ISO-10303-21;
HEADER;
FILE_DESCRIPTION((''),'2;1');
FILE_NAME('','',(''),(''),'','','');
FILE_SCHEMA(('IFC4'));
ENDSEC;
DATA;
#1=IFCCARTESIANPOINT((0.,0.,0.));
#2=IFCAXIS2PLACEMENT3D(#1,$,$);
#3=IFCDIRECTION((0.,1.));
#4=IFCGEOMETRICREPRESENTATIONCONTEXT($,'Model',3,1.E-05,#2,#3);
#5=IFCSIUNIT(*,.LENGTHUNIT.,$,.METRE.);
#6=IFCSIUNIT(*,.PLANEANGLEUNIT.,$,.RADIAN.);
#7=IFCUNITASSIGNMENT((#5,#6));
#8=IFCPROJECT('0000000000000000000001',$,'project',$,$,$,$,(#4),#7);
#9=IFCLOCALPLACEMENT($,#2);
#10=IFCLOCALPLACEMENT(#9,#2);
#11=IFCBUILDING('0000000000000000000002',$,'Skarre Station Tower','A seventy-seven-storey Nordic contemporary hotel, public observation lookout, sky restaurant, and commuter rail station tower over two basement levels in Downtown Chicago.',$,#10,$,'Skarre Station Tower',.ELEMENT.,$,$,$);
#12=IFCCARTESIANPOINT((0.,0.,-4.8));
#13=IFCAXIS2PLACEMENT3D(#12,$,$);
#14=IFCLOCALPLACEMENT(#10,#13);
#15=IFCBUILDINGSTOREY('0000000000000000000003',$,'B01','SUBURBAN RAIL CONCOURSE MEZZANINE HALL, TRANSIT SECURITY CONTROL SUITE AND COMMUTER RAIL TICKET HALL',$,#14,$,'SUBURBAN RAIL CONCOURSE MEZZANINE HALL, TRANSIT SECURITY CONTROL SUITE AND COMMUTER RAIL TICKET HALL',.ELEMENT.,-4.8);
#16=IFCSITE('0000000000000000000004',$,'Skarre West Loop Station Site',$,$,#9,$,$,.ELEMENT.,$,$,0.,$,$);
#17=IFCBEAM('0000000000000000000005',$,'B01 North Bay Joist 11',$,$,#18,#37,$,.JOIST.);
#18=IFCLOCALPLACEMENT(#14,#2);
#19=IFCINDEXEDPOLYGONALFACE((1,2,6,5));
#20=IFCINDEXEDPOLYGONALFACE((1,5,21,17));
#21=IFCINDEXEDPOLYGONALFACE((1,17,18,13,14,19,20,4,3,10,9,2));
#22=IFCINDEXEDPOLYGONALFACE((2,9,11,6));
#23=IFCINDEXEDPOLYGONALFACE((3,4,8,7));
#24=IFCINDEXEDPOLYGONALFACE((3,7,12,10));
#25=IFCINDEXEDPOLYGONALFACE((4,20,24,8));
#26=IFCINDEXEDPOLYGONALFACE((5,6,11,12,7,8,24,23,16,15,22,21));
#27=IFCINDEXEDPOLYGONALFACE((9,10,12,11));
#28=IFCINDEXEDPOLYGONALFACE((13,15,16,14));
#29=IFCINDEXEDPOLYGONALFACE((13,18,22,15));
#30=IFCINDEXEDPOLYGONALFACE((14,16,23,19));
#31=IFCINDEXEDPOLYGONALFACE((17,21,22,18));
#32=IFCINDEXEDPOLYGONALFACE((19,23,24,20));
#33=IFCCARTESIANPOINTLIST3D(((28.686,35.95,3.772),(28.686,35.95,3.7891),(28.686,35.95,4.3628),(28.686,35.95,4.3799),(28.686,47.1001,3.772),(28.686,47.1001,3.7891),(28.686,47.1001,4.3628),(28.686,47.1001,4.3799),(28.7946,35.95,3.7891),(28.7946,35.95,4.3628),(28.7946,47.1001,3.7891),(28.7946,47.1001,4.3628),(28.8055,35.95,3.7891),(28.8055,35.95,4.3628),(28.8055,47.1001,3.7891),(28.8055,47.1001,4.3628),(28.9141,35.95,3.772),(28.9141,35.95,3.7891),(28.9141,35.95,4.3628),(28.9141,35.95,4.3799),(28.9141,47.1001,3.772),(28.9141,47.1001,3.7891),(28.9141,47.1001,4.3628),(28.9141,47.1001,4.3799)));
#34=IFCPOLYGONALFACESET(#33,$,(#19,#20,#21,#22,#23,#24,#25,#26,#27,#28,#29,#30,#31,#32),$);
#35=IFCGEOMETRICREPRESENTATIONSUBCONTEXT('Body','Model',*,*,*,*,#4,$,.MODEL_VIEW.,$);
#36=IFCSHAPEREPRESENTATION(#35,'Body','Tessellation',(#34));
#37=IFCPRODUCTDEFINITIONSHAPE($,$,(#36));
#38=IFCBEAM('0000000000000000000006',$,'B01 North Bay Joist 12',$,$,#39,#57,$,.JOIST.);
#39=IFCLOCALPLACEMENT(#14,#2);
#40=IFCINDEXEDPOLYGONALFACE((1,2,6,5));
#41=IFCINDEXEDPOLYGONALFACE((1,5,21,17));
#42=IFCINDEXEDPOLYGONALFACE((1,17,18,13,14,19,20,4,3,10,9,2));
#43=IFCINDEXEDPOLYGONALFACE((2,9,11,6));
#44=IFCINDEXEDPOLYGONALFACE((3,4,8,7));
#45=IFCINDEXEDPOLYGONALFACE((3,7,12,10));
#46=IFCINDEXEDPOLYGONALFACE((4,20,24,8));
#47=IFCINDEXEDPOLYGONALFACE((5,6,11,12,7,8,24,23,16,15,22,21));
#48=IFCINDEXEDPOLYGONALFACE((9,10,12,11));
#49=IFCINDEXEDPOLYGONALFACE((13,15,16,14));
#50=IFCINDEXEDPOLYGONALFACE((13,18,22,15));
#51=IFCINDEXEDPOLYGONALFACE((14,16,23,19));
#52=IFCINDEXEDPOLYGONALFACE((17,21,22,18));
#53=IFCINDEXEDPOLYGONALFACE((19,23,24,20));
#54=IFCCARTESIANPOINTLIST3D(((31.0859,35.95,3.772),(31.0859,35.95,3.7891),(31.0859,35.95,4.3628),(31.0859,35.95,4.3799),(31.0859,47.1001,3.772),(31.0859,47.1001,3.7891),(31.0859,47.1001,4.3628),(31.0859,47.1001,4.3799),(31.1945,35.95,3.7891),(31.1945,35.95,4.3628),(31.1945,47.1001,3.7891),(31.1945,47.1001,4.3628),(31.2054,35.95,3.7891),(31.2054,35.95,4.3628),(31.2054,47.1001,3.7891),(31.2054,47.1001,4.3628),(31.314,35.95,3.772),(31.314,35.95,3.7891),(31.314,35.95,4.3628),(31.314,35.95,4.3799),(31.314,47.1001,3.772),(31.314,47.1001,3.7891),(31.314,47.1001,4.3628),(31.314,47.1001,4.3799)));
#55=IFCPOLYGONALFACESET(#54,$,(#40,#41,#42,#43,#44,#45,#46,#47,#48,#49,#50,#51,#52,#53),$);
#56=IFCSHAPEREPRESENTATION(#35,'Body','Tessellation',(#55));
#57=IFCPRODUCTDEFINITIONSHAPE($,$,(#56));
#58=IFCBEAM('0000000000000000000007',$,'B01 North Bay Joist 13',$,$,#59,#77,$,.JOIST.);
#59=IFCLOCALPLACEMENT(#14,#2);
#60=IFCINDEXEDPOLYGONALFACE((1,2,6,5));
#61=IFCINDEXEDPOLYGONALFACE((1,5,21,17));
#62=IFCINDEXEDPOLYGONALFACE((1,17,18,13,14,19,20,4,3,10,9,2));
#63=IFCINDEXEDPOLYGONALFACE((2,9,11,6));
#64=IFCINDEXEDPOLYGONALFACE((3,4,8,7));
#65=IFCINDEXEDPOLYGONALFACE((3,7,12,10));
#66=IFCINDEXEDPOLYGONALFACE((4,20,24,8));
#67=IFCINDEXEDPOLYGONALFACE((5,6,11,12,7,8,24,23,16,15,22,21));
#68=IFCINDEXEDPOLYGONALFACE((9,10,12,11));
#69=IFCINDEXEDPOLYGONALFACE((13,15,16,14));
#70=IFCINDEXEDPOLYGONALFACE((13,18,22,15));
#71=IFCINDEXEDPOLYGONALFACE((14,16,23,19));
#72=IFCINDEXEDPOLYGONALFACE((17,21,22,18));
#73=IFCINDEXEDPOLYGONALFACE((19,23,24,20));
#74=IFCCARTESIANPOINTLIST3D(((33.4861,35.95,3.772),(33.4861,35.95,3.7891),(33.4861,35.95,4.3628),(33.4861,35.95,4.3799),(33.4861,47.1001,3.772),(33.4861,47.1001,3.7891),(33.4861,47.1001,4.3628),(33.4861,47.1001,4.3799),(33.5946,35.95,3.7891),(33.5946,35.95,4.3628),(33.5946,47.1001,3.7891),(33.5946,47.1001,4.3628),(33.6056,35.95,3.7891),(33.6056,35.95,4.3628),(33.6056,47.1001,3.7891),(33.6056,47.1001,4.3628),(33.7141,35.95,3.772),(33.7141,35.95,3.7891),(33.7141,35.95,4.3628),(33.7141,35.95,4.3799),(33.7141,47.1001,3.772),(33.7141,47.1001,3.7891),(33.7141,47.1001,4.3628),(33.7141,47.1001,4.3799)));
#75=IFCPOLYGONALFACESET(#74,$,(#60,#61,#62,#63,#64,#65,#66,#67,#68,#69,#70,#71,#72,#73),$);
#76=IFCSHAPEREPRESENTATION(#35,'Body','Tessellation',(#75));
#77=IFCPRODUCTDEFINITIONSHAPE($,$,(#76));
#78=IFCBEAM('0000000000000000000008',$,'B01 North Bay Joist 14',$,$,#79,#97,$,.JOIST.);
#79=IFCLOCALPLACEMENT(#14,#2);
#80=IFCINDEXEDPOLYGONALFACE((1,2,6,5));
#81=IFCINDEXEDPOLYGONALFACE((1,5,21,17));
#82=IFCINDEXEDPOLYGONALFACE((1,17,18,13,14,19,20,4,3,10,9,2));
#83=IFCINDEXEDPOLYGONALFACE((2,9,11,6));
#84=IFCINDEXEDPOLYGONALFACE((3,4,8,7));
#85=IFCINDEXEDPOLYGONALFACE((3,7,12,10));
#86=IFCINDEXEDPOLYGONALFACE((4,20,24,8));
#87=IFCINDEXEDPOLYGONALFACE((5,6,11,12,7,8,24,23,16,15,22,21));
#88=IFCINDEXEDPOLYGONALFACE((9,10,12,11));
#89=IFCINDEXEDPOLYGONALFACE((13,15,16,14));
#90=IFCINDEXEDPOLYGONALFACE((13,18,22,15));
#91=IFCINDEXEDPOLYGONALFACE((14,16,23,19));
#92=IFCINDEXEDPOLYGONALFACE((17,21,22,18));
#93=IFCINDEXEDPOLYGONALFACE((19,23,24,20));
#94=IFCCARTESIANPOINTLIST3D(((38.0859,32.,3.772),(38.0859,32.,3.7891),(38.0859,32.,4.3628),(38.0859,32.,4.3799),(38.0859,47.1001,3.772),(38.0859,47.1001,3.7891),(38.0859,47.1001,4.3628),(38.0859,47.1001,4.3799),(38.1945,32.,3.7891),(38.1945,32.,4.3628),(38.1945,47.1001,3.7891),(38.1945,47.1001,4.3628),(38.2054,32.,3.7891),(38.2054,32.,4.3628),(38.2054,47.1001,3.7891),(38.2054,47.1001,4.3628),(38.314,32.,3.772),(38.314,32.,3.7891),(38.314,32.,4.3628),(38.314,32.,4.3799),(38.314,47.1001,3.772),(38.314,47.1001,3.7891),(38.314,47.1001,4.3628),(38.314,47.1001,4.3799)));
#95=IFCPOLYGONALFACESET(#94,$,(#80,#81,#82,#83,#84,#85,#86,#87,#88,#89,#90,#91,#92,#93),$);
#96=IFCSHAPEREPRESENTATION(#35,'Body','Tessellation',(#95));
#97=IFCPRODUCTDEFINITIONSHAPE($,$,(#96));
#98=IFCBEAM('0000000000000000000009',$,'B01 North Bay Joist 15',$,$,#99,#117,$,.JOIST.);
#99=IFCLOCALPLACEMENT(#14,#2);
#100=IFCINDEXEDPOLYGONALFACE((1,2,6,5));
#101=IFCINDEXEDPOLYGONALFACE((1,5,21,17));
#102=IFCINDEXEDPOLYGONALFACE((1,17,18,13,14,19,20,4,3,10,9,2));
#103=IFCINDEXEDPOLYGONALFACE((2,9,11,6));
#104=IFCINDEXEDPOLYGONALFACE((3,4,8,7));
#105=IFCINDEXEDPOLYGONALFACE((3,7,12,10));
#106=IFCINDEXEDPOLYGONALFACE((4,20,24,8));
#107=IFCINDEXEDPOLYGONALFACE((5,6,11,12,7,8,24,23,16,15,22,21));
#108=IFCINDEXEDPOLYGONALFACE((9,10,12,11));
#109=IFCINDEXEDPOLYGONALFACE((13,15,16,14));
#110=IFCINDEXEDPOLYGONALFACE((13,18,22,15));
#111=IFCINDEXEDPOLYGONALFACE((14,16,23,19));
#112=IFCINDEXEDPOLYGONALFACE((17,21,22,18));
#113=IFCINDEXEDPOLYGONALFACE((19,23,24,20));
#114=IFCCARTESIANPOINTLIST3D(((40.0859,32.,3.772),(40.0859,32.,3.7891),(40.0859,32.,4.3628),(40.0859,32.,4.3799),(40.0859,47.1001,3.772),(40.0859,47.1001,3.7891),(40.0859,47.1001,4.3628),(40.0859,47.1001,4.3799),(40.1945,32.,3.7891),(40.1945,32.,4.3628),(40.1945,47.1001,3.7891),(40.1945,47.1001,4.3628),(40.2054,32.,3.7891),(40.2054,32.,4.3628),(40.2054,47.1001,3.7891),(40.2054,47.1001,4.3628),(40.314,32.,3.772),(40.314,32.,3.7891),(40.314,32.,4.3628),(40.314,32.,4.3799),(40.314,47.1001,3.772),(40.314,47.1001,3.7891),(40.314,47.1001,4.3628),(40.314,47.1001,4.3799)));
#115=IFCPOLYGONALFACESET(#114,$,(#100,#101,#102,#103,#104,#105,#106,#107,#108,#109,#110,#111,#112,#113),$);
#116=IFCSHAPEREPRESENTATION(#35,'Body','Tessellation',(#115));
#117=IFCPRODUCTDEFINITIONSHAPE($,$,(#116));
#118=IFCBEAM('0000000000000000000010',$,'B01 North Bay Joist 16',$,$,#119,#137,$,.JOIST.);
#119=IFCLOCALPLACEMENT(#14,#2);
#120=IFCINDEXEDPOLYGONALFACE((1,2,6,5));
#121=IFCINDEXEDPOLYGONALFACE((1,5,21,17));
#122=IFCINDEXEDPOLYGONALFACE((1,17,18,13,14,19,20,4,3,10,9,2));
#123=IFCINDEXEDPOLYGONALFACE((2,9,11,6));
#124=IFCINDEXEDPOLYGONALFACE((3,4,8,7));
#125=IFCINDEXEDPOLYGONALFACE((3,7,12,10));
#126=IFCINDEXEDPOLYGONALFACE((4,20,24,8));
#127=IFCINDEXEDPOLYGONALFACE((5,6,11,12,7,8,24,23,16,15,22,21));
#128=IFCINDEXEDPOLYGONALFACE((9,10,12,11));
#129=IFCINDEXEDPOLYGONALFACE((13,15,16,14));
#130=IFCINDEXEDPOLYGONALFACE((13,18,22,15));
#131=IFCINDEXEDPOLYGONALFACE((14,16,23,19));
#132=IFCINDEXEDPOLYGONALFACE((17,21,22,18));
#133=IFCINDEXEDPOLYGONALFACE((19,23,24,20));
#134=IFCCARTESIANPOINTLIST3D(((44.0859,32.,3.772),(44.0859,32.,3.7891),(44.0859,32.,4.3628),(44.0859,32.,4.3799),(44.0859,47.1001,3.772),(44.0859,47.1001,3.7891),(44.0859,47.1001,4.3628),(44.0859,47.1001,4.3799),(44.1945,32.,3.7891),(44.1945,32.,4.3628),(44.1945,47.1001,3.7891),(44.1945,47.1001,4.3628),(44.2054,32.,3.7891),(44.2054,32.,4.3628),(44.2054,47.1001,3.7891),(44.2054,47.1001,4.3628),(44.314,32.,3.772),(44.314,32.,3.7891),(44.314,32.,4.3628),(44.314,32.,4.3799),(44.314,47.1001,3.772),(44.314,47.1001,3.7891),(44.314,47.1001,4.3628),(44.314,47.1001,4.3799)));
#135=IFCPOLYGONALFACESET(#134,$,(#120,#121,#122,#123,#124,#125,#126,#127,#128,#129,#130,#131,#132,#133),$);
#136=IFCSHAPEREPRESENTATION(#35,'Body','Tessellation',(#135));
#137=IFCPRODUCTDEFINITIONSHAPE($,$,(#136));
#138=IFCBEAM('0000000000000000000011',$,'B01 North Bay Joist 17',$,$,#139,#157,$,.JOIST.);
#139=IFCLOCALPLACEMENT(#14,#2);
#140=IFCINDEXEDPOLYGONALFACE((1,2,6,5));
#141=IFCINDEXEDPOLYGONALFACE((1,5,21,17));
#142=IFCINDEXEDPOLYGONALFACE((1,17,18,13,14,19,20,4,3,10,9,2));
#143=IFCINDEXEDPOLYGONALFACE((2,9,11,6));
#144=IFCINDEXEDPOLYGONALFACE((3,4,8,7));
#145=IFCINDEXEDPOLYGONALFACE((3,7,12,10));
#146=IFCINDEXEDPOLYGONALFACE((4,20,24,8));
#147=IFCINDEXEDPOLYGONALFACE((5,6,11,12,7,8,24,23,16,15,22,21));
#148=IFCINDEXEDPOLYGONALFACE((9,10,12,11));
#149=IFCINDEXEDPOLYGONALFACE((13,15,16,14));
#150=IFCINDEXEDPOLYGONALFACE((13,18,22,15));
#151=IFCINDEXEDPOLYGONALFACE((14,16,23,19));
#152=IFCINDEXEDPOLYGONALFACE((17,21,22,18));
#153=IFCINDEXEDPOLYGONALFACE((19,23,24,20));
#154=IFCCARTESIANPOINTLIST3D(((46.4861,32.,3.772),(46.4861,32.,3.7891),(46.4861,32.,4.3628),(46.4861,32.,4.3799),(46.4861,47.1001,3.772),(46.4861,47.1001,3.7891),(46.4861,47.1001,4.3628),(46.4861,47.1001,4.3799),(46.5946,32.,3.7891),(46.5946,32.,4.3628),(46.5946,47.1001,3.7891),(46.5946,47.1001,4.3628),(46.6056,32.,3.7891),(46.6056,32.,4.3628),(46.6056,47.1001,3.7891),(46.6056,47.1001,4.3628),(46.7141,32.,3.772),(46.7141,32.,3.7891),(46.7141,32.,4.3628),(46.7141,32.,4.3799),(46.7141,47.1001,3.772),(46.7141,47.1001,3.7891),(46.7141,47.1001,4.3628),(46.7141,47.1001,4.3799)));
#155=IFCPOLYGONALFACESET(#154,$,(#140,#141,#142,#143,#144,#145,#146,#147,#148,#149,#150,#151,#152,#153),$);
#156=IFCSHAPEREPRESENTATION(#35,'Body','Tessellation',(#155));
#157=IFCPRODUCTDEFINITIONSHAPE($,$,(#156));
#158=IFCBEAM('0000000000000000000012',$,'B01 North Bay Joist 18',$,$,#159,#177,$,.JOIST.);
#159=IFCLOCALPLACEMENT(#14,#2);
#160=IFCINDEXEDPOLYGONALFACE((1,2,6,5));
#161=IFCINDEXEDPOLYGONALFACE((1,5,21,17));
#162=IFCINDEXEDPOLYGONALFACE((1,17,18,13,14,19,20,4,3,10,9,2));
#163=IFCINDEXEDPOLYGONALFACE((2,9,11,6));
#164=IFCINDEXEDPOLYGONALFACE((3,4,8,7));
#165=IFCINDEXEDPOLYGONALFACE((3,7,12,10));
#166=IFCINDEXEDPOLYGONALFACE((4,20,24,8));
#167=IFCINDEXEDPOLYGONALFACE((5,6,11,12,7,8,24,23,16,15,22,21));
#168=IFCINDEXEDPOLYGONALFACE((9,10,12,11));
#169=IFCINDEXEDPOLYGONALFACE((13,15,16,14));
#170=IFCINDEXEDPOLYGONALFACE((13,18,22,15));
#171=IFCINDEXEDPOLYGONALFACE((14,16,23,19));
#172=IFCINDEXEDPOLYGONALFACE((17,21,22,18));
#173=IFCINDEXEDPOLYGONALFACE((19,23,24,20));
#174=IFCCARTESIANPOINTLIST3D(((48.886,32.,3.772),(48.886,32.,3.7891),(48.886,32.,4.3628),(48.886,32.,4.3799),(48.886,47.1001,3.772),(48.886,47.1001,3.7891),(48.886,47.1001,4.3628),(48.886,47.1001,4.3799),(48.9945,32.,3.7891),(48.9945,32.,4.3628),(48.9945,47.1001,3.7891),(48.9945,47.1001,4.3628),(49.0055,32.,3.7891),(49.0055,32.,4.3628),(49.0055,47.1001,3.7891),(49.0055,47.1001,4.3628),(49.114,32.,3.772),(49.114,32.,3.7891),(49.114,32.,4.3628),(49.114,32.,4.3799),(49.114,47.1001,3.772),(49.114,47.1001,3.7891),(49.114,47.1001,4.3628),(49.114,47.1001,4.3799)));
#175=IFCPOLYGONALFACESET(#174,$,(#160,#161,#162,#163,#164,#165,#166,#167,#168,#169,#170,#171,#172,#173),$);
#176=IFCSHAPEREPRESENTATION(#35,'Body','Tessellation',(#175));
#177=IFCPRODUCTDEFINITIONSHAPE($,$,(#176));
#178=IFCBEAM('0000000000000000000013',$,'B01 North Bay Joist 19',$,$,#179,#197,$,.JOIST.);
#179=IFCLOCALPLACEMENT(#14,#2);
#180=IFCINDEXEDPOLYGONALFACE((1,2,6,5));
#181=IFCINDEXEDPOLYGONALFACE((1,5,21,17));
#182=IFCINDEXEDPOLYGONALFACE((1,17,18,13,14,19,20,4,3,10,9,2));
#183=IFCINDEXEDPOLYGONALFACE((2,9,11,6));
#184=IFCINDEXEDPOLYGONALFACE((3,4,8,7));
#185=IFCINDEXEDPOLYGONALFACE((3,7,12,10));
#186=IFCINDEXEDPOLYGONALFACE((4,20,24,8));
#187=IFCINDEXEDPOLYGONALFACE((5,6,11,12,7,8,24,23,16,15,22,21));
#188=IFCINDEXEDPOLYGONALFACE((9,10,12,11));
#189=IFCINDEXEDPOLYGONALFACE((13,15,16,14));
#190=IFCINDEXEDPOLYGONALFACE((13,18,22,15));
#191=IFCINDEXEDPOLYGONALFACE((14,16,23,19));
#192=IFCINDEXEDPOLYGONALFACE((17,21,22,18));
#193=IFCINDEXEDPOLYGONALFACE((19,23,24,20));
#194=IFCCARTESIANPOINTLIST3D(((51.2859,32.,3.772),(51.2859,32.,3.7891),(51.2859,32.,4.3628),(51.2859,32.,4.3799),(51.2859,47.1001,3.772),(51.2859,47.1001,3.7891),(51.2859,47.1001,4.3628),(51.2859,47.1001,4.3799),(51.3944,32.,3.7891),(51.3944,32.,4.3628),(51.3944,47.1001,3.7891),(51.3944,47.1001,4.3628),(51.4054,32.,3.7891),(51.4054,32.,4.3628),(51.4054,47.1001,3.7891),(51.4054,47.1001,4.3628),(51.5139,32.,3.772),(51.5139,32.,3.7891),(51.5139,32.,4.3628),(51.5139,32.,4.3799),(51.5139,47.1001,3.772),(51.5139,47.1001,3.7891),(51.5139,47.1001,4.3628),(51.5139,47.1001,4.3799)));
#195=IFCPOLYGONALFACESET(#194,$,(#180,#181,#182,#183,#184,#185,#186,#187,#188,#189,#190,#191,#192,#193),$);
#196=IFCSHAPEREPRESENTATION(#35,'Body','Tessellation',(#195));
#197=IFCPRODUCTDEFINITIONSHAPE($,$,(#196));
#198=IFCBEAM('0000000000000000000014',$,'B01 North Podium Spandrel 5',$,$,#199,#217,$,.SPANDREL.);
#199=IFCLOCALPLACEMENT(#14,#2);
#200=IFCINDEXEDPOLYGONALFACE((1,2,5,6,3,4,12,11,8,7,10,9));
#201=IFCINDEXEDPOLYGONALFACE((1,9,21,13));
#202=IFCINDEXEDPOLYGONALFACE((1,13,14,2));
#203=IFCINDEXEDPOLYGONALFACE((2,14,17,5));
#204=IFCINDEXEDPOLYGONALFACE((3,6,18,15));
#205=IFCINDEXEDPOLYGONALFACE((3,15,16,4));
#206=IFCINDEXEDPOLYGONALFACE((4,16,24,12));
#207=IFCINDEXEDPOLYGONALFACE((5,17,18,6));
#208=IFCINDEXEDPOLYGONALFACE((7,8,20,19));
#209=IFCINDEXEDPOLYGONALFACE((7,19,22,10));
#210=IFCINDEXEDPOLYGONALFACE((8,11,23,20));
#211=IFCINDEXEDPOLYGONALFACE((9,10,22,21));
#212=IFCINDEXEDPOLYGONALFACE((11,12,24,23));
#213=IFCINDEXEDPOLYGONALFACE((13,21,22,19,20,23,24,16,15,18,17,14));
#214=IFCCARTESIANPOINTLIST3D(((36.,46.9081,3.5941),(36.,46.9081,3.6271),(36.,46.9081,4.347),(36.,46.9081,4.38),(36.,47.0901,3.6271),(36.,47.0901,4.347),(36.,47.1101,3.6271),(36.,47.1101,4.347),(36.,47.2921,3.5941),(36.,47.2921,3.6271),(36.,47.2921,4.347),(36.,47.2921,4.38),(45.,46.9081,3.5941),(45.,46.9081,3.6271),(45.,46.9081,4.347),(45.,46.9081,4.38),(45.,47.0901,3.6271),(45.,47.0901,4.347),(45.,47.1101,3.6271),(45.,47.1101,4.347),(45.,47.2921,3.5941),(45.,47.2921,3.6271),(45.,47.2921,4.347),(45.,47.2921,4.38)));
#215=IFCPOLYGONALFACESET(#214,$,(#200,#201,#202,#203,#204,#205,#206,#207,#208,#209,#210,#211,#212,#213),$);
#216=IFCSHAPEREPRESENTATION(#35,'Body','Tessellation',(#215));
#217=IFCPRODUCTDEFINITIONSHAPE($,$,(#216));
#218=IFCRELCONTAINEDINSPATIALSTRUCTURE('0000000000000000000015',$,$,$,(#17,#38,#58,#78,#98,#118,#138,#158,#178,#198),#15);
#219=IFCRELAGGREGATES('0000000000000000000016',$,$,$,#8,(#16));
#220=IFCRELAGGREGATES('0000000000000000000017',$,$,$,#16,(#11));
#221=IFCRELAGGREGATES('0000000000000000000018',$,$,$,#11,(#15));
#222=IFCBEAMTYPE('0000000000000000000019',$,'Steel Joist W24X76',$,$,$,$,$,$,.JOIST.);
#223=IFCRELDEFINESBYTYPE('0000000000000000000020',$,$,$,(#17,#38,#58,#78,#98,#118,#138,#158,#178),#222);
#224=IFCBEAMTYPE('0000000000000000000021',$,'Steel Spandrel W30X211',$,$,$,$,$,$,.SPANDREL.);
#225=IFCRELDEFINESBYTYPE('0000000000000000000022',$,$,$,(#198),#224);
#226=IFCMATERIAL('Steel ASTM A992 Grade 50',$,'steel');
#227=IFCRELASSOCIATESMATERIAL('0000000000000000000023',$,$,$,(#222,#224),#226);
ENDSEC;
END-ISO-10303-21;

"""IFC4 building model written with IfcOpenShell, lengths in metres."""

from ifc_helpers import new_model, si_unit, direction, frame, origin, origin_2d, place, context, subcontext, project, spatial, i_section, extrude, material, material_profile, profile_set, type_object, element, save


model = new_model("IFC4")

# Units and contexts
model_context = context("Model", 3, precision=1e-05, world=origin(), true_north=direction((0.0, 1.0)))
body_context = subcontext(model_context, "Body", "Model", "MODEL_VIEW")
ifc_project = project(units=[si_unit("LENGTHUNIT", "METRE"), si_unit("PLANEANGLEUNIT", "RADIAN")], contexts=[model_context])

# Site, building, storey
site_placement = place(None, origin())
site = spatial("IfcSite", under=ifc_project, at=site_placement, Name="Skarre West Loop Station Site", CompositionType="ELEMENT", RefElevation=0.0)
building_placement = place(site_placement, origin())
building = spatial("IfcBuilding", under=site, at=building_placement, Name="Skarre Station Tower", Description="A seventy-seven-storey Nordic contemporary hotel, public observation lookout, sky restaurant, and commuter rail station tower over two basement levels in Downtown Chicago.", LongName="Skarre Station Tower", CompositionType="ELEMENT")
storey_placement = place(building_placement, frame((0.0, 0.0, -4.8)))
storey = spatial("IfcBuildingStorey", under=building, at=storey_placement, Name="B01", Description="SUBURBAN RAIL CONCOURSE MEZZANINE HALL, TRANSIT SECURITY CONTROL SUITE AND COMMUTER RAIL TICKET HALL", LongName="SUBURBAN RAIL CONCOURSE MEZZANINE HALL, TRANSIT SECURITY CONTROL SUITE AND COMMUTER RAIL TICKET HALL", CompositionType="ELEMENT", Elevation=-4.8)

# Beams
ifc_material_1 = material(Name="Steel ASTM A992 Grade 50", Category="steel")
ifc_material_profile_1 = material_profile(ifc_material_1, i_section(OverallWidth=0.228, OverallDepth=0.6079, WebThickness=0.011, FlangeThickness=0.0171, at=origin_2d()), Name="Steel ASTM A992 Grade 50")
ifc_profile_set_1 = profile_set([ifc_material_profile_1], Name="Steel ASTM A992 Grade 50")
beam_type_1 = type_object("IfcBeamType", Name="Steel Joist W24X76", PredefinedType="JOIST", material=ifc_profile_set_1)
for number, where, z_axis, x_axis, name in (
    (1, (28.8, 35.95, 4.0759), (0.0, 1.0, 0.0), (-1.0, 0.0, 0.0), "B01 North Bay Joist 11"),
    (2, (31.2, 35.95, 4.0759), (0.0, 1.0, 0.0), (-1.0, 0.0, 0.0), "B01 North Bay Joist 12"),
    (3, (33.6001, 35.95, 4.0759), (0.0, 1.0, 0.0), (-1.0, 0.0, 0.0), "B01 North Bay Joist 13"),
):
    element("IfcBeam", number, at=place(storey_placement, frame(where, z_axis=z_axis, x_axis=x_axis)), inside=storey, type_object=beam_type_1, Name=name, PredefinedType="JOIST", context=body_context, shape_type="SweptSolid", body=[
        extrude(i_section(OverallWidth=0.228, OverallDepth=0.6079, WebThickness=0.011, FlangeThickness=0.0171, at=origin_2d()), origin(), (0.0, 0.0, 1.0), 11.1501),
    ])
for number, where, z_axis, x_axis, name in (
    (4, (38.2, 32.0, 4.0759), (0.0, 1.0, 0.0), (-1.0, 0.0, 0.0), "B01 North Bay Joist 14"),
    (5, (40.2, 32.0, 4.0759), (0.0, 1.0, 0.0), (-1.0, 0.0, 0.0), "B01 North Bay Joist 15"),
    (6, (44.2, 32.0, 4.0759), (0.0, 1.0, 0.0), (-1.0, 0.0, 0.0), "B01 North Bay Joist 16"),
    (7, (46.6001, 32.0, 4.0759), (0.0, 1.0, 0.0), (-1.0, 0.0, 0.0), "B01 North Bay Joist 17"),
    (8, (49.0, 32.0, 4.0759), (0.0, 1.0, 0.0), (-1.0, 0.0, 0.0), "B01 North Bay Joist 18"),
    (9, (51.3999, 32.0, 4.0759), (0.0, 1.0, 0.0), (-1.0, 0.0, 0.0), "B01 North Bay Joist 19"),
):
    element("IfcBeam", number, at=place(storey_placement, frame(where, z_axis=z_axis, x_axis=x_axis)), inside=storey, type_object=beam_type_1, Name=name, PredefinedType="JOIST", context=body_context, shape_type="SweptSolid", body=[
        extrude(i_section(OverallWidth=0.228, OverallDepth=0.6079, WebThickness=0.011, FlangeThickness=0.0171, at=origin_2d()), origin(), (0.0, 0.0, 1.0), 15.1001),
    ])
ifc_material_profile_2 = material_profile(ifc_material_1, i_section(OverallWidth=0.384, OverallDepth=0.7859, WebThickness=0.02, FlangeThickness=0.033, at=origin_2d()), Name="Steel ASTM A992 Grade 50")
ifc_profile_set_2 = profile_set([ifc_material_profile_2], Name="Steel ASTM A992 Grade 50")
beam_type_2 = type_object("IfcBeamType", Name="Steel Spandrel W30X211", PredefinedType="SPANDREL", material=ifc_profile_set_2)
for number, where, z_axis, x_axis, name in (
    (10, (36.0, 47.1001, 3.9871), (1.0, 0.0, 0.0), (0.0, 1.0, 0.0), "B01 North Podium Spandrel 5"),
):
    element("IfcBeam", number, at=place(storey_placement, frame(where, z_axis=z_axis, x_axis=x_axis)), inside=storey, type_object=beam_type_2, Name=name, PredefinedType="SPANDREL", context=body_context, shape_type="SweptSolid", body=[
        extrude(i_section(OverallWidth=0.384, OverallDepth=0.7859, WebThickness=0.02, FlangeThickness=0.033, at=origin_2d()), origin(), (0.0, 0.0, 1.0), 9.0),
    ])

save(model, "model.ifc")
